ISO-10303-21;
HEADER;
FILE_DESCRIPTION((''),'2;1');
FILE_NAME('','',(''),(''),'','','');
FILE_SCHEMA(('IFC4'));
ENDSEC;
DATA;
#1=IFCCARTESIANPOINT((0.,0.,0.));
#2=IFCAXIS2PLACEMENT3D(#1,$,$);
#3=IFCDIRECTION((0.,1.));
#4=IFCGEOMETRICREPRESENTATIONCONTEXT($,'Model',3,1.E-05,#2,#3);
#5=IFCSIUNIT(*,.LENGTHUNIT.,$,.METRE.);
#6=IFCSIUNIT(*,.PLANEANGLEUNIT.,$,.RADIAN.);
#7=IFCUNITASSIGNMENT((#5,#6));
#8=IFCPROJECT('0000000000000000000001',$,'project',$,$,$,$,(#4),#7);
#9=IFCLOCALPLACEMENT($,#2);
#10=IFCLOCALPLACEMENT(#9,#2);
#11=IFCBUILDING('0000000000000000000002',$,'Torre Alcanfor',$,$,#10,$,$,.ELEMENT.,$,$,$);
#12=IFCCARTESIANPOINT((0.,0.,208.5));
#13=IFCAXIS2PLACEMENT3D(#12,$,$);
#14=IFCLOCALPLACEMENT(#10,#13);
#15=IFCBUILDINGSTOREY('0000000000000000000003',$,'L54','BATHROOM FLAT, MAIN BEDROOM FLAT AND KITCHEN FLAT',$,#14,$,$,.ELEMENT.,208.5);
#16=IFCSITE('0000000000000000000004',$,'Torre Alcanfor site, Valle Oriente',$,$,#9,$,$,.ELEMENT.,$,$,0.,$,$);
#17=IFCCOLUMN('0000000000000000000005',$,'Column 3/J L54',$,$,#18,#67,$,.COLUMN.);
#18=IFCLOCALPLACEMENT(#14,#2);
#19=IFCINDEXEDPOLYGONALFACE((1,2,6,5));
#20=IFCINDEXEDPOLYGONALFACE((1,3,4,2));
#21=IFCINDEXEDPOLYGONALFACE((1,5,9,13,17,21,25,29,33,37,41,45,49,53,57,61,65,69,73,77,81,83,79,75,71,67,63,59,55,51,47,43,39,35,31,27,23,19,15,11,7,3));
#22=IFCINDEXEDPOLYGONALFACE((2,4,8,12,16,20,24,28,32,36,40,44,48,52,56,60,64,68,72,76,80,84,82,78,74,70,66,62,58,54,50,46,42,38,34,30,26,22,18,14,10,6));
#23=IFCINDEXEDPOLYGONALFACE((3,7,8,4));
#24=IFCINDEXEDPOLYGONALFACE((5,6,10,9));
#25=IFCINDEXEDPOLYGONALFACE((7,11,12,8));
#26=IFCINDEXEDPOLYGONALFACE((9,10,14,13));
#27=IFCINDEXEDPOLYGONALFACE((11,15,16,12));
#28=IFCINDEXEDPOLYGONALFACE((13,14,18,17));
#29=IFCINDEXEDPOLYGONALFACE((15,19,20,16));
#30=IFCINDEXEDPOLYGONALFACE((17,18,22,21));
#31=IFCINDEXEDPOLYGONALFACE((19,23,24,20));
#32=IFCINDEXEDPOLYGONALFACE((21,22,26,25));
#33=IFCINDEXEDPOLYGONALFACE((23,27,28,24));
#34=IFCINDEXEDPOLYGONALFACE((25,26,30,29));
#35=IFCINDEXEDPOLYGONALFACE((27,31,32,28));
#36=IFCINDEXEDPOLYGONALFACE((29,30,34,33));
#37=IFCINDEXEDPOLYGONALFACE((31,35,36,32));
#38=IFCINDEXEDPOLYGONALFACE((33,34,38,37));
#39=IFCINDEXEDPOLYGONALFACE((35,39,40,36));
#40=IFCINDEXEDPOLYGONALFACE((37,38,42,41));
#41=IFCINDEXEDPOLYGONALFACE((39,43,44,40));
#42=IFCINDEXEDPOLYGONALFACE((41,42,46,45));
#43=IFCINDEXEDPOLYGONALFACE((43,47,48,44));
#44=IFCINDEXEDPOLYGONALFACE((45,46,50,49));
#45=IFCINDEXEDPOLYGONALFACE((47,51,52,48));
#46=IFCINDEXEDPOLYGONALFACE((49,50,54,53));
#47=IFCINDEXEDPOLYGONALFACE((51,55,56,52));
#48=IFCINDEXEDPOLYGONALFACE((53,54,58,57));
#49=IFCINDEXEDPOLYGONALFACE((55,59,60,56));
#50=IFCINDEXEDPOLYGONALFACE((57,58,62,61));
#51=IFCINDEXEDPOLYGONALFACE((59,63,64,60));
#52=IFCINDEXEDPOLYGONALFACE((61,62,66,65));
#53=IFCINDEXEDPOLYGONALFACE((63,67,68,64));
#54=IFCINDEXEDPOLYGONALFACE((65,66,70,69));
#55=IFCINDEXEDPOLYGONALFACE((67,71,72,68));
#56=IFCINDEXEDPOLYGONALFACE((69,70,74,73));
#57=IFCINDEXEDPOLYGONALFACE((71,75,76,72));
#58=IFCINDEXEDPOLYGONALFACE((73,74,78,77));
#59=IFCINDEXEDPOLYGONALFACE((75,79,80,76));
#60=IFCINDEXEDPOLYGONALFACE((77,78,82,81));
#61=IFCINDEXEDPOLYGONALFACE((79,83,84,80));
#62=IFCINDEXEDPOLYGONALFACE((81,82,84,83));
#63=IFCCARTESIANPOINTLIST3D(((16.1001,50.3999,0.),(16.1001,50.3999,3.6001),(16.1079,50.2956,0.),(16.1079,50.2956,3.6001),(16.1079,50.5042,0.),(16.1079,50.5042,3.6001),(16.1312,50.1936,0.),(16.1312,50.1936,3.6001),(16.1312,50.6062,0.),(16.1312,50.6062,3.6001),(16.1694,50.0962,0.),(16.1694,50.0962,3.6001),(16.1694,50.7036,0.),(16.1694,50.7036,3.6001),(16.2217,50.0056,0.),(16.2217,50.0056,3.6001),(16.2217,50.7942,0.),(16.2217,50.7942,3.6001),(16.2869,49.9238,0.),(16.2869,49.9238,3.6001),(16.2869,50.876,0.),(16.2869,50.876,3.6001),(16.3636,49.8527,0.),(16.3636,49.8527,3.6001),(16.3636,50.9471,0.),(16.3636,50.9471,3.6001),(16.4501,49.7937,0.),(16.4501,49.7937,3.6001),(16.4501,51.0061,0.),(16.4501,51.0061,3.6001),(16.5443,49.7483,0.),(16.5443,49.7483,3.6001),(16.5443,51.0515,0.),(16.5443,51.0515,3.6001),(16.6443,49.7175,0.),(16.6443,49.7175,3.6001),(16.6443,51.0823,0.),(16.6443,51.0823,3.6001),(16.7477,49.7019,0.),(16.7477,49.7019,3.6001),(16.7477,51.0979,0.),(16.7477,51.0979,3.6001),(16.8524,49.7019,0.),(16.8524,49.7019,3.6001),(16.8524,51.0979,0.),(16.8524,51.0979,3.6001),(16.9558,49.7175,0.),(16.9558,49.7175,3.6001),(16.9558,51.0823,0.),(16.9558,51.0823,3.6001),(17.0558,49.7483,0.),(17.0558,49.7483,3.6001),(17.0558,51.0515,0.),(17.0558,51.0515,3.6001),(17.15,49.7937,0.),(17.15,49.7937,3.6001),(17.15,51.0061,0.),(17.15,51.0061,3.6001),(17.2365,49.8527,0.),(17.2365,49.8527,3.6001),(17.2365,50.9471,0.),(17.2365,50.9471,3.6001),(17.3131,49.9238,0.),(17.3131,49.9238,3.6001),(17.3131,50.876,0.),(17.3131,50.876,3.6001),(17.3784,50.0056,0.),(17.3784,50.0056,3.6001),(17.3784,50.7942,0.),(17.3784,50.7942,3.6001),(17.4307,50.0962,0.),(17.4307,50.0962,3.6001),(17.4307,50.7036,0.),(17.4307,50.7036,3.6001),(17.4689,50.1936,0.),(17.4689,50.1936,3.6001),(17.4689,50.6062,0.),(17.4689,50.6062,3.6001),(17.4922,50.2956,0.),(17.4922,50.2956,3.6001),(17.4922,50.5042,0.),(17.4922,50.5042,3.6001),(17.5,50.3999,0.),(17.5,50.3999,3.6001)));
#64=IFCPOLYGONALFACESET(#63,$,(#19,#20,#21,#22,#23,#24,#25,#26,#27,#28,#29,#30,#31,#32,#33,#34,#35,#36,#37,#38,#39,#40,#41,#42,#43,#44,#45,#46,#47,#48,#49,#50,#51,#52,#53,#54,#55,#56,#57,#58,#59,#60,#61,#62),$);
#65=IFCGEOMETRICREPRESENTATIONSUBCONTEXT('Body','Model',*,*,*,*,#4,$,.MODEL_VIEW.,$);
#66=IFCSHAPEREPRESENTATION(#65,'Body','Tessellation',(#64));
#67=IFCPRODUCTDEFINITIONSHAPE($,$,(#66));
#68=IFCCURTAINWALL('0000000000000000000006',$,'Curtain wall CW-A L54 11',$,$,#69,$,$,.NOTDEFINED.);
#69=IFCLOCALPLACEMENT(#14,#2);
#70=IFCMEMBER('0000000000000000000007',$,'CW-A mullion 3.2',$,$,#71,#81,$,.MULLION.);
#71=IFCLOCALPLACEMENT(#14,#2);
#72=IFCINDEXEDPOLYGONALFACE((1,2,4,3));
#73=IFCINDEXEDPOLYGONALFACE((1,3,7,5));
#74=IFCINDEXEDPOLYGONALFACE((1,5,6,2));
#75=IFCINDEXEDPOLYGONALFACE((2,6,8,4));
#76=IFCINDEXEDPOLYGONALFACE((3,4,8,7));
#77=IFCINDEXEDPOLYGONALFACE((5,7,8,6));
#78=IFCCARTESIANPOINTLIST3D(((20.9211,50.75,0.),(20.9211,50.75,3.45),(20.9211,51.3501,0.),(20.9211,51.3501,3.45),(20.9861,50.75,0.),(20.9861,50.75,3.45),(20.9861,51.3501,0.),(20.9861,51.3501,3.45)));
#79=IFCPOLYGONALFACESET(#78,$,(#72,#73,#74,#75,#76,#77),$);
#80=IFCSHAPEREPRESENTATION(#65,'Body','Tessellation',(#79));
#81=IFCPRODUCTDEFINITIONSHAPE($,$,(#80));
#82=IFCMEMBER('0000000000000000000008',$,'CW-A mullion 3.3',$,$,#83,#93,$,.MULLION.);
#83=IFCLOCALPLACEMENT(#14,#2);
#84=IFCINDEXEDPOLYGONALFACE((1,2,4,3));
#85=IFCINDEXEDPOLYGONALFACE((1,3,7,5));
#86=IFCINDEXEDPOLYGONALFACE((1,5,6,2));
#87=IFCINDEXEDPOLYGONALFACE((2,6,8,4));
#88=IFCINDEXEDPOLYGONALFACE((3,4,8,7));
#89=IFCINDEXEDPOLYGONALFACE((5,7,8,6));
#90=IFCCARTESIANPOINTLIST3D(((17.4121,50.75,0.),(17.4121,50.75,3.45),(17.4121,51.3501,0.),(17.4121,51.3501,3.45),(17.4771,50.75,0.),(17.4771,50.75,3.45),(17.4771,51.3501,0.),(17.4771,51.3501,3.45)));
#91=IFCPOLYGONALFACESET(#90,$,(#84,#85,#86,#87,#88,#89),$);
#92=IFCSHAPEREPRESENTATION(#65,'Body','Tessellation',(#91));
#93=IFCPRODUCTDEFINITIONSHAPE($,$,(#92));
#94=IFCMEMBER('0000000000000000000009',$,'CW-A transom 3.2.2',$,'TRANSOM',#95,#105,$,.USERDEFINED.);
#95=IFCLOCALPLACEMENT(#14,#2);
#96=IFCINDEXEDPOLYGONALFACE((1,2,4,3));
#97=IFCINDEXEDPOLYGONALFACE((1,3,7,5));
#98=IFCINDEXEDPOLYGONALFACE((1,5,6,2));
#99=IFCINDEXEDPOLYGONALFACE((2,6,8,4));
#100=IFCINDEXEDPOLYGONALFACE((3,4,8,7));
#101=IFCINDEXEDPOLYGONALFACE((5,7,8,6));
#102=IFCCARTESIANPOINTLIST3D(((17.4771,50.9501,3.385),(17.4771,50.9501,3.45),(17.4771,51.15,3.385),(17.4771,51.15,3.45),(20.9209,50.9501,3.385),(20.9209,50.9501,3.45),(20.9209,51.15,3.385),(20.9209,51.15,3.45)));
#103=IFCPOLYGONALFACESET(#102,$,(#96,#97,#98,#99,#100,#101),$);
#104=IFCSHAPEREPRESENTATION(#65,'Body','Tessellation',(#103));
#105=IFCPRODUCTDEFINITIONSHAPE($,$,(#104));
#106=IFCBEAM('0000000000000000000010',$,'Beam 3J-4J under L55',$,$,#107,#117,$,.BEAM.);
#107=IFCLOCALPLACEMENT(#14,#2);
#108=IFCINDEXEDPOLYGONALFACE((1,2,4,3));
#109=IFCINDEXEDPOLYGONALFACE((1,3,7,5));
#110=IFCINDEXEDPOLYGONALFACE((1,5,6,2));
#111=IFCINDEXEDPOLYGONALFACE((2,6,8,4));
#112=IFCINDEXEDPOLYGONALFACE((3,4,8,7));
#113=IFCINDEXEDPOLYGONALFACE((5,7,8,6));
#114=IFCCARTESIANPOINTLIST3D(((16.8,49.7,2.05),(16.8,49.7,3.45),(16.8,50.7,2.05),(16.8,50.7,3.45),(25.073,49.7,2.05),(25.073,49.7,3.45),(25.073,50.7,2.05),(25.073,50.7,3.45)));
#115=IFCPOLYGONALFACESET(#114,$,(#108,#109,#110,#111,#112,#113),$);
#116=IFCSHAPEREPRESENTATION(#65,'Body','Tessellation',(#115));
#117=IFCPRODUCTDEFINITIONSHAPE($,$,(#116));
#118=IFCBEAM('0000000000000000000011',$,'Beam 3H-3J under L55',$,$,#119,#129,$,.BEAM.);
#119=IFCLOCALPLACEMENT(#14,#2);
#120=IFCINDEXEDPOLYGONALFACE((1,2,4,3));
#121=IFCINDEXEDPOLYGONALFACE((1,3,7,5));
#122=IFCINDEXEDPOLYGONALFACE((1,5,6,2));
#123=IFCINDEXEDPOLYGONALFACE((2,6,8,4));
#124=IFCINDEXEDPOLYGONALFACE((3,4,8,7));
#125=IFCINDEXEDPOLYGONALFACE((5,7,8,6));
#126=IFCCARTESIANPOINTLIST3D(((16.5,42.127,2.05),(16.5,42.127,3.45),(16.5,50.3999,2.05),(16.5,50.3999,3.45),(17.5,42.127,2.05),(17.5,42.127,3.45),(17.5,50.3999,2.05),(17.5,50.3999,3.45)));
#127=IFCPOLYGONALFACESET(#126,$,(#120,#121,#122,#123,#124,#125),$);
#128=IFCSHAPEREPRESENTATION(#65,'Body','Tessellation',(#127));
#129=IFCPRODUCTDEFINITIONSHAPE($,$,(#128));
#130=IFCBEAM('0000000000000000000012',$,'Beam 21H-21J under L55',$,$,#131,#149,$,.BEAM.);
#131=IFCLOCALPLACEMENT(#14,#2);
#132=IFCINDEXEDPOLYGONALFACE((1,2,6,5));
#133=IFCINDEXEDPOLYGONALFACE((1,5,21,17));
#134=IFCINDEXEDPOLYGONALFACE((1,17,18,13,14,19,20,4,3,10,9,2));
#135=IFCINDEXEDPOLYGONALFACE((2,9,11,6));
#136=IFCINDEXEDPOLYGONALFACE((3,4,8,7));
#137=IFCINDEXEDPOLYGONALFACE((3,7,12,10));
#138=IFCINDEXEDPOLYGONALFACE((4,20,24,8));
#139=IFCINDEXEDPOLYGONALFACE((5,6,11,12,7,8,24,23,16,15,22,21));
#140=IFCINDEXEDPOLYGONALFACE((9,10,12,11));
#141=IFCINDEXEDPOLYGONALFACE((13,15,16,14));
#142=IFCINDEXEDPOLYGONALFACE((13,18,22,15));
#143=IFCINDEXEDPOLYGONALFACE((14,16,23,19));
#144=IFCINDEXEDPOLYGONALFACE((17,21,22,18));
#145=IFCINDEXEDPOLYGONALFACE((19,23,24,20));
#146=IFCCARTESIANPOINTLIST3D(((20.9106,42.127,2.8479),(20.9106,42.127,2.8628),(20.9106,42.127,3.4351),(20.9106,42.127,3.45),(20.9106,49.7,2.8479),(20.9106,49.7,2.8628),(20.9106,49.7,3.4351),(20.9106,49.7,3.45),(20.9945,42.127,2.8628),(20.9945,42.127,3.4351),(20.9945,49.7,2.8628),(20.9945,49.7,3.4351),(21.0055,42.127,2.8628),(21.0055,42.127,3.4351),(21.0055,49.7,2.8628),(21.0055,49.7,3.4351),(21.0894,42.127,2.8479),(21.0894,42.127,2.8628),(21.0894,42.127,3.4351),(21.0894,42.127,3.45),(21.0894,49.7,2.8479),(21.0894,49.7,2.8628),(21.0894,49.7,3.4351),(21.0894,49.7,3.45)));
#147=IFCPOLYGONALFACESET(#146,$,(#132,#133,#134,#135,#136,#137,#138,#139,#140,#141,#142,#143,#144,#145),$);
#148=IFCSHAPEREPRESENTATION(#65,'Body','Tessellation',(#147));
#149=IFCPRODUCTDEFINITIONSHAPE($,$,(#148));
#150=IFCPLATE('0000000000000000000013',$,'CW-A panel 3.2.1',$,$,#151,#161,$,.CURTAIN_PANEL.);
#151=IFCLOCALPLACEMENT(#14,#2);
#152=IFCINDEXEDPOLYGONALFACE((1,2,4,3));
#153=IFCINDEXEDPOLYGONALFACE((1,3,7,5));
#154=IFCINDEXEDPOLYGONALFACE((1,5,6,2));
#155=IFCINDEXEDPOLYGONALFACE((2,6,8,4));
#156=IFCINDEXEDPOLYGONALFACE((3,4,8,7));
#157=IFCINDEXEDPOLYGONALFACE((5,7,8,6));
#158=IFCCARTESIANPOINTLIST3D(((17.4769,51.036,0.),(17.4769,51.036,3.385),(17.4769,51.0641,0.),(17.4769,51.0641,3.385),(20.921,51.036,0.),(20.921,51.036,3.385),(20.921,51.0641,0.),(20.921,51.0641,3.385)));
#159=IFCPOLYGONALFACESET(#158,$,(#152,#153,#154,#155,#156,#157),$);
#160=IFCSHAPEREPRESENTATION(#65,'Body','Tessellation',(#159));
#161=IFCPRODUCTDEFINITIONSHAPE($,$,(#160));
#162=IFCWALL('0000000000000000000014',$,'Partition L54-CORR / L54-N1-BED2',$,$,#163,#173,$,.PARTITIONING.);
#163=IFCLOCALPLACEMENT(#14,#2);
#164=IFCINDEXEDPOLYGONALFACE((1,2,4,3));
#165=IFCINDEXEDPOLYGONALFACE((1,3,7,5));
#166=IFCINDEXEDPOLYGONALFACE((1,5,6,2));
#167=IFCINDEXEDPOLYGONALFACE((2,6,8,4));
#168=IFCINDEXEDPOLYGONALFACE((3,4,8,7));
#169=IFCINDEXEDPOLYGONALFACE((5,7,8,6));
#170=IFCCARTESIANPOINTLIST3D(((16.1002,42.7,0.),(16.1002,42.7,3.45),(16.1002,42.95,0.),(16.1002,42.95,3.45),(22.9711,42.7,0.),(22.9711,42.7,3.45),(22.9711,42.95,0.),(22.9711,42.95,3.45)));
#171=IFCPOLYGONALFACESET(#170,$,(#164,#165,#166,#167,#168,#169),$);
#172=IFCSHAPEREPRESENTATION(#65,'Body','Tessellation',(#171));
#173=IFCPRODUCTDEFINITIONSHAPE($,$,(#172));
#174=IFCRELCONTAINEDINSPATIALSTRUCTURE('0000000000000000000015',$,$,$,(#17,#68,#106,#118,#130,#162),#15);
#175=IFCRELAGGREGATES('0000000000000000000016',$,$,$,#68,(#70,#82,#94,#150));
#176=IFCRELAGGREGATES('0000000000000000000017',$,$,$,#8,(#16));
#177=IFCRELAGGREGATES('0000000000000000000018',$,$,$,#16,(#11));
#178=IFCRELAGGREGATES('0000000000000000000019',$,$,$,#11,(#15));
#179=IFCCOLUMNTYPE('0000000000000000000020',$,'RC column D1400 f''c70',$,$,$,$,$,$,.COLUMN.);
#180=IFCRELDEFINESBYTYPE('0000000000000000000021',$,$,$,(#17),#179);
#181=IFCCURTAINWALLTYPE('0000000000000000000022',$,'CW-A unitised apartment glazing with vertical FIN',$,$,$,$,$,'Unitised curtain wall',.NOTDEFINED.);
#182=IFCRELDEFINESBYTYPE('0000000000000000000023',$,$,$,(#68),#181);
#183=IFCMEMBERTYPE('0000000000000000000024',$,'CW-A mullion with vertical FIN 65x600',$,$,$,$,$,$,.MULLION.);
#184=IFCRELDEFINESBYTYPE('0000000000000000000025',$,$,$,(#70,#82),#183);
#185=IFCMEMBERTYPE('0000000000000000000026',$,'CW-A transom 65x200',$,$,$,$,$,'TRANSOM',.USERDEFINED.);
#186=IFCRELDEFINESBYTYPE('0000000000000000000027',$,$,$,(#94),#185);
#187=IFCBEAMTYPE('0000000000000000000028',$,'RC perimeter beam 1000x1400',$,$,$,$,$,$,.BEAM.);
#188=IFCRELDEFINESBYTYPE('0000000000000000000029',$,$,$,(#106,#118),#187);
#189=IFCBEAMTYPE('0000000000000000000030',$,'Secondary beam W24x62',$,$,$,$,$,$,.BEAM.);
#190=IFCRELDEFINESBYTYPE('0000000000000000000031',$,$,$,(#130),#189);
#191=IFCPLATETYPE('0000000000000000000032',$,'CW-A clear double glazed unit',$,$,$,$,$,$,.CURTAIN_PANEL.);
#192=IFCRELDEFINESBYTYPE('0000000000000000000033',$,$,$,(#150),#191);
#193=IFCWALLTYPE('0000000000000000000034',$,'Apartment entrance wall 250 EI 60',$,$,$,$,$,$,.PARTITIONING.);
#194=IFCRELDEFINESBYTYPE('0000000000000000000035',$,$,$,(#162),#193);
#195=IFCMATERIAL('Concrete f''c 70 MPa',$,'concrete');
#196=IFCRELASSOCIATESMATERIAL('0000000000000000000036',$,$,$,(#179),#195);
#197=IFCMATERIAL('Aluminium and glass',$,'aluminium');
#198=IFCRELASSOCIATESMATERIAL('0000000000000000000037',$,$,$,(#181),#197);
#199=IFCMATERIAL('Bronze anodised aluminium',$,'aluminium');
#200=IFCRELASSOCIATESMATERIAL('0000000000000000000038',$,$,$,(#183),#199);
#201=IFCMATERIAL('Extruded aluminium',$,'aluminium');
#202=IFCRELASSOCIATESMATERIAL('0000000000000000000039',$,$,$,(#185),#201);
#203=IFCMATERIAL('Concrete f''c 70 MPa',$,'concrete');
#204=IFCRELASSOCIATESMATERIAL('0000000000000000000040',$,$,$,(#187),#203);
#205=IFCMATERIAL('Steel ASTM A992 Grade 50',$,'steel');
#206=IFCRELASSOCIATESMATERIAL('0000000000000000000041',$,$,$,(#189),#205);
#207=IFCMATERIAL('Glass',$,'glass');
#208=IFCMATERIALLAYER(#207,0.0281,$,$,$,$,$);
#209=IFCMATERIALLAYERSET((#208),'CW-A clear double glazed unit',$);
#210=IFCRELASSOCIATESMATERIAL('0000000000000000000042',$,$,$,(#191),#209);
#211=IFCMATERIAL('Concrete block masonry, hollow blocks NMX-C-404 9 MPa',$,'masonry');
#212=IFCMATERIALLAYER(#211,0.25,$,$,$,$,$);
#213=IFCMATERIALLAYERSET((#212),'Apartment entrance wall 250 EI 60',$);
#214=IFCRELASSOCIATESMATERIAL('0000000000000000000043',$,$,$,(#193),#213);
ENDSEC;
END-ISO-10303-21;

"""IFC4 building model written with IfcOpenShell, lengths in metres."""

from ifc_helpers import new_model, si_unit, direction, frame, frame_2d, origin, origin_2d, place, context, subcontext, project, spatial, rectangle, circle, i_section, extrude, material, layer, layer_set, material_profile, profile_set, type_object, element, aggregate, save


model = new_model("IFC4")

# Units and contexts
model_context = context("Model", 3, precision=1e-05, world=origin(), true_north=direction((0.0, 1.0)))
body_context = subcontext(model_context, "Body", "Model", "MODEL_VIEW")
ifc_project = project(units=[si_unit("LENGTHUNIT", "METRE"), si_unit("PLANEANGLEUNIT", "RADIAN")], contexts=[model_context])

# Site, building, storey
site_placement = place(None, origin())
site = spatial("IfcSite", under=ifc_project, at=site_placement, Name="Torre Alcanfor site, Valle Oriente", CompositionType="ELEMENT", RefElevation=0.0)
building_placement = place(site_placement, origin())
building = spatial("IfcBuilding", under=site, at=building_placement, Name="Torre Alcanfor", CompositionType="ELEMENT")
storey_placement = place(building_placement, frame((0.0, 0.0, 208.5)))
storey = spatial("IfcBuildingStorey", under=building, at=storey_placement, Name="L54", Description="BATHROOM FLAT, MAIN BEDROOM FLAT AND KITCHEN FLAT", CompositionType="ELEMENT", Elevation=208.5)

# Column
ifc_material_1 = material(Name="Concrete f'c 70 MPa", Category="concrete")
ifc_material_profile_1 = material_profile(ifc_material_1, circle(Radius=0.7, at=origin_2d()), Name="D1400")
ifc_profile_set_1 = profile_set([ifc_material_profile_1], Name="Concrete f'c 70 MPa")
column_type = type_object("IfcColumnType", Name="RC column D1400 f'c70", PredefinedType="COLUMN", material=ifc_profile_set_1)
column_placement = place(storey_placement, frame((16.8, 50.3999, 0.0), z_axis=(0.0, 0.0, 1.0), x_axis=(1.0, 0.0, 0.0)))
element("IfcColumn", 1, at=column_placement, inside=storey, type_object=column_type, Name="Column 3/J L54", PredefinedType="COLUMN", context=body_context, shape_type="SweptSolid", body=[
    extrude(circle(Radius=0.7, at=origin_2d()), origin(), (0.0, 0.0, 1.0), 3.6001),
])

# Curtain wall, members
ifc_material_2 = material(Name="Aluminium and glass", Category="aluminium")
curtain_wall_type = type_object("IfcCurtainWallType", Name="CW-A unitised apartment glazing with vertical FIN", ElementType="Unitised curtain wall", PredefinedType="NOTDEFINED", material=ifc_material_2)
curtain_wall_placement = place(storey_placement, origin())
curtain_wall = element("IfcCurtainWall", 2, at=curtain_wall_placement, inside=storey, type_object=curtain_wall_type, Name="Curtain wall CW-A L54 11", PredefinedType="NOTDEFINED")
ifc_material_3 = material(Name="Bronze anodised aluminium", Category="aluminium")
ifc_material_profile_2 = material_profile(ifc_material_3, rectangle(XDim=0.6001, YDim=0.0649, at=origin_2d()), Name="CW-A mullion 65x600")
ifc_profile_set_2 = profile_set([ifc_material_profile_2], Name="Bronze anodised aluminium")
member_type_1 = type_object("IfcMemberType", Name="CW-A mullion with vertical FIN 65x600", PredefinedType="MULLION", material=ifc_profile_set_2)
member_1_placement = place(storey_placement, frame((20.9536, 51.05, 0.0), z_axis=(0.0, 0.0, 1.0), x_axis=(0.0, -1.0, 0.0)))
member_1 = element("IfcMember", 3, at=member_1_placement, type_object=member_type_1, Name="CW-A mullion 3.2", PredefinedType="MULLION", context=body_context, shape_type="SweptSolid", body=[
    extrude(rectangle(XDim=0.6001, YDim=0.0649, at=origin_2d()), origin(), (0.0, 0.0, 1.0), 3.45),
])
member_2_placement = place(storey_placement, frame((17.4446, 51.05, 0.0), z_axis=(0.0, 0.0, 1.0), x_axis=(0.0, -1.0, 0.0)))
member_2 = element("IfcMember", 4, at=member_2_placement, type_object=member_type_1, Name="CW-A mullion 3.3", PredefinedType="MULLION", context=body_context, shape_type="SweptSolid", body=[
    extrude(rectangle(XDim=0.6001, YDim=0.0649, at=origin_2d()), origin(), (0.0, 0.0, 1.0), 3.45),
])
ifc_material_4 = material(Name="Extruded aluminium", Category="aluminium")
ifc_material_profile_3 = material_profile(ifc_material_4, rectangle(XDim=0.2, YDim=0.0649, at=origin_2d()), Name="CW-A transom 200x65")
ifc_profile_set_3 = profile_set([ifc_material_profile_3], Name="Extruded aluminium")
member_type_2 = type_object("IfcMemberType", Name="CW-A transom 65x200", ElementType="TRANSOM", PredefinedType="USERDEFINED", material=ifc_profile_set_3)
member_3_placement = place(storey_placement, frame((20.9209, 51.05, 3.4175), z_axis=(-1.0, 0.0, 0.0), x_axis=(0.0, -1.0, 0.0)))
member_3 = element("IfcMember", 5, at=member_3_placement, type_object=member_type_2, Name="CW-A transom 3.2.2", ObjectType="TRANSOM", PredefinedType="USERDEFINED", context=body_context, shape_type="SweptSolid", body=[
    extrude(rectangle(XDim=0.2, YDim=0.0649, at=origin_2d()), origin(), (0.0, 0.0, 1.0), 3.4438),
])

# Beams
ifc_material_5 = material(Name="Concrete f'c 70 MPa", Category="concrete")
ifc_material_profile_4 = material_profile(ifc_material_5, rectangle(XDim=1.0, YDim=1.3999, at=origin_2d()), Name="1000x1400")
ifc_profile_set_4 = profile_set([ifc_material_profile_4], Name="Concrete f'c 70 MPa")
beam_type_1 = type_object("IfcBeamType", Name="RC perimeter beam 1000x1400", PredefinedType="BEAM", material=ifc_profile_set_4)
for number, where, z_axis, x_axis, name in (
    (6, (16.8, 50.2, 2.75), (1.0, 0.0, 0.0), (0.0, 1.0, 0.0), "Beam 3J-4J under L55"),
    (7, (17.0, 42.127, 2.75), (0.0, 1.0, 0.0), (-1.0, 0.0, 0.0), "Beam 3H-3J under L55"),
):
    element("IfcBeam", number, at=place(storey_placement, frame(where, z_axis=z_axis, x_axis=x_axis)), inside=storey, type_object=beam_type_1, Name=name, PredefinedType="BEAM", context=body_context, shape_type="SweptSolid", body=[
        extrude(rectangle(XDim=1.0, YDim=1.3999, at=origin_2d()), origin(), (0.0, 0.0, 1.0), 8.2729),
    ])
ifc_material_6 = material(Name="Steel ASTM A992 Grade 50", Category="steel")
ifc_material_profile_5 = material_profile(ifc_material_6, i_section(OverallWidth=0.1787, OverallDepth=0.6021, WebThickness=0.011, FlangeThickness=0.0149, at=origin_2d()), Name="W24x62")
ifc_profile_set_5 = profile_set([ifc_material_profile_5], Name="Steel ASTM A992 Grade 50")
beam_type_2 = type_object("IfcBeamType", Name="Secondary beam W24x62", PredefinedType="BEAM", material=ifc_profile_set_5)
beam_placement = place(storey_placement, frame((21.0, 42.127, 3.1489), z_axis=(0.0, 1.0, 0.0), x_axis=(-1.0, 0.0, 0.0)))
element("IfcBeam", 8, at=beam_placement, inside=storey, type_object=beam_type_2, Name="Beam 21H-21J under L55", PredefinedType="BEAM", context=body_context, shape_type="SweptSolid", body=[
    extrude(i_section(OverallWidth=0.1787, OverallDepth=0.6021, WebThickness=0.011, FlangeThickness=0.0149, at=origin_2d()), origin(), (0.0, 0.0, 1.0), 7.573),
])

# Plate
ifc_material_7 = material(Name="Glass", Category="glass")
ifc_layer_1 = layer(ifc_material_7, 0.0281)
ifc_layer_set_1 = layer_set([ifc_layer_1], Name="CW-A clear double glazed unit")
plate_type = type_object("IfcPlateType", Name="CW-A clear double glazed unit", PredefinedType="CURTAIN_PANEL", material=ifc_layer_set_1)
plate_placement = place(storey_placement, frame((19.199, 51.05, 0.0), z_axis=(0.0, 0.0, 1.0), x_axis=(-1.0, 0.0, 0.0)))
plate = element("IfcPlate", 9, at=plate_placement, type_object=plate_type, Name="CW-A panel 3.2.1", PredefinedType="CURTAIN_PANEL", context=body_context, shape_type="SweptSolid", body=[
    extrude(rectangle(XDim=3.4441, YDim=0.0281, at=origin_2d()), origin(), (0.0, 0.0, 1.0), 3.385),
])
aggregate(curtain_wall, [member_1, member_2, member_3, plate])

# Wall
ifc_material_8 = material(Name="Concrete block masonry, hollow blocks NMX-C-404 9 MPa", Category="masonry")
ifc_layer_2 = layer(ifc_material_8, 0.25)
ifc_layer_set_2 = layer_set([ifc_layer_2], Name="Apartment entrance wall 250 EI 60")
wall_type_1 = type_object("IfcWallType", Name="Apartment entrance wall 250 EI 60", PredefinedType="PARTITIONING", material=ifc_layer_set_2)
wall_1_placement = place(storey_placement, frame((16.1001, 42.825, 0.0), z_axis=(0.0, 0.0, 1.0), x_axis=(1.0, 0.0, 0.0)))
element("IfcWall", 10, at=wall_1_placement, inside=storey, type_object=wall_type_1, Name="Partition L54-CORR / L54-N1-BED2", PredefinedType="PARTITIONING", context=body_context, shape_type="SweptSolid", body=[
    extrude(rectangle(XDim=6.8708, YDim=0.25, at=frame_2d((3.4355, 0.0))), origin(), (0.0, 0.0, 1.0), 3.45),
])

save(model, "model.ifc")
